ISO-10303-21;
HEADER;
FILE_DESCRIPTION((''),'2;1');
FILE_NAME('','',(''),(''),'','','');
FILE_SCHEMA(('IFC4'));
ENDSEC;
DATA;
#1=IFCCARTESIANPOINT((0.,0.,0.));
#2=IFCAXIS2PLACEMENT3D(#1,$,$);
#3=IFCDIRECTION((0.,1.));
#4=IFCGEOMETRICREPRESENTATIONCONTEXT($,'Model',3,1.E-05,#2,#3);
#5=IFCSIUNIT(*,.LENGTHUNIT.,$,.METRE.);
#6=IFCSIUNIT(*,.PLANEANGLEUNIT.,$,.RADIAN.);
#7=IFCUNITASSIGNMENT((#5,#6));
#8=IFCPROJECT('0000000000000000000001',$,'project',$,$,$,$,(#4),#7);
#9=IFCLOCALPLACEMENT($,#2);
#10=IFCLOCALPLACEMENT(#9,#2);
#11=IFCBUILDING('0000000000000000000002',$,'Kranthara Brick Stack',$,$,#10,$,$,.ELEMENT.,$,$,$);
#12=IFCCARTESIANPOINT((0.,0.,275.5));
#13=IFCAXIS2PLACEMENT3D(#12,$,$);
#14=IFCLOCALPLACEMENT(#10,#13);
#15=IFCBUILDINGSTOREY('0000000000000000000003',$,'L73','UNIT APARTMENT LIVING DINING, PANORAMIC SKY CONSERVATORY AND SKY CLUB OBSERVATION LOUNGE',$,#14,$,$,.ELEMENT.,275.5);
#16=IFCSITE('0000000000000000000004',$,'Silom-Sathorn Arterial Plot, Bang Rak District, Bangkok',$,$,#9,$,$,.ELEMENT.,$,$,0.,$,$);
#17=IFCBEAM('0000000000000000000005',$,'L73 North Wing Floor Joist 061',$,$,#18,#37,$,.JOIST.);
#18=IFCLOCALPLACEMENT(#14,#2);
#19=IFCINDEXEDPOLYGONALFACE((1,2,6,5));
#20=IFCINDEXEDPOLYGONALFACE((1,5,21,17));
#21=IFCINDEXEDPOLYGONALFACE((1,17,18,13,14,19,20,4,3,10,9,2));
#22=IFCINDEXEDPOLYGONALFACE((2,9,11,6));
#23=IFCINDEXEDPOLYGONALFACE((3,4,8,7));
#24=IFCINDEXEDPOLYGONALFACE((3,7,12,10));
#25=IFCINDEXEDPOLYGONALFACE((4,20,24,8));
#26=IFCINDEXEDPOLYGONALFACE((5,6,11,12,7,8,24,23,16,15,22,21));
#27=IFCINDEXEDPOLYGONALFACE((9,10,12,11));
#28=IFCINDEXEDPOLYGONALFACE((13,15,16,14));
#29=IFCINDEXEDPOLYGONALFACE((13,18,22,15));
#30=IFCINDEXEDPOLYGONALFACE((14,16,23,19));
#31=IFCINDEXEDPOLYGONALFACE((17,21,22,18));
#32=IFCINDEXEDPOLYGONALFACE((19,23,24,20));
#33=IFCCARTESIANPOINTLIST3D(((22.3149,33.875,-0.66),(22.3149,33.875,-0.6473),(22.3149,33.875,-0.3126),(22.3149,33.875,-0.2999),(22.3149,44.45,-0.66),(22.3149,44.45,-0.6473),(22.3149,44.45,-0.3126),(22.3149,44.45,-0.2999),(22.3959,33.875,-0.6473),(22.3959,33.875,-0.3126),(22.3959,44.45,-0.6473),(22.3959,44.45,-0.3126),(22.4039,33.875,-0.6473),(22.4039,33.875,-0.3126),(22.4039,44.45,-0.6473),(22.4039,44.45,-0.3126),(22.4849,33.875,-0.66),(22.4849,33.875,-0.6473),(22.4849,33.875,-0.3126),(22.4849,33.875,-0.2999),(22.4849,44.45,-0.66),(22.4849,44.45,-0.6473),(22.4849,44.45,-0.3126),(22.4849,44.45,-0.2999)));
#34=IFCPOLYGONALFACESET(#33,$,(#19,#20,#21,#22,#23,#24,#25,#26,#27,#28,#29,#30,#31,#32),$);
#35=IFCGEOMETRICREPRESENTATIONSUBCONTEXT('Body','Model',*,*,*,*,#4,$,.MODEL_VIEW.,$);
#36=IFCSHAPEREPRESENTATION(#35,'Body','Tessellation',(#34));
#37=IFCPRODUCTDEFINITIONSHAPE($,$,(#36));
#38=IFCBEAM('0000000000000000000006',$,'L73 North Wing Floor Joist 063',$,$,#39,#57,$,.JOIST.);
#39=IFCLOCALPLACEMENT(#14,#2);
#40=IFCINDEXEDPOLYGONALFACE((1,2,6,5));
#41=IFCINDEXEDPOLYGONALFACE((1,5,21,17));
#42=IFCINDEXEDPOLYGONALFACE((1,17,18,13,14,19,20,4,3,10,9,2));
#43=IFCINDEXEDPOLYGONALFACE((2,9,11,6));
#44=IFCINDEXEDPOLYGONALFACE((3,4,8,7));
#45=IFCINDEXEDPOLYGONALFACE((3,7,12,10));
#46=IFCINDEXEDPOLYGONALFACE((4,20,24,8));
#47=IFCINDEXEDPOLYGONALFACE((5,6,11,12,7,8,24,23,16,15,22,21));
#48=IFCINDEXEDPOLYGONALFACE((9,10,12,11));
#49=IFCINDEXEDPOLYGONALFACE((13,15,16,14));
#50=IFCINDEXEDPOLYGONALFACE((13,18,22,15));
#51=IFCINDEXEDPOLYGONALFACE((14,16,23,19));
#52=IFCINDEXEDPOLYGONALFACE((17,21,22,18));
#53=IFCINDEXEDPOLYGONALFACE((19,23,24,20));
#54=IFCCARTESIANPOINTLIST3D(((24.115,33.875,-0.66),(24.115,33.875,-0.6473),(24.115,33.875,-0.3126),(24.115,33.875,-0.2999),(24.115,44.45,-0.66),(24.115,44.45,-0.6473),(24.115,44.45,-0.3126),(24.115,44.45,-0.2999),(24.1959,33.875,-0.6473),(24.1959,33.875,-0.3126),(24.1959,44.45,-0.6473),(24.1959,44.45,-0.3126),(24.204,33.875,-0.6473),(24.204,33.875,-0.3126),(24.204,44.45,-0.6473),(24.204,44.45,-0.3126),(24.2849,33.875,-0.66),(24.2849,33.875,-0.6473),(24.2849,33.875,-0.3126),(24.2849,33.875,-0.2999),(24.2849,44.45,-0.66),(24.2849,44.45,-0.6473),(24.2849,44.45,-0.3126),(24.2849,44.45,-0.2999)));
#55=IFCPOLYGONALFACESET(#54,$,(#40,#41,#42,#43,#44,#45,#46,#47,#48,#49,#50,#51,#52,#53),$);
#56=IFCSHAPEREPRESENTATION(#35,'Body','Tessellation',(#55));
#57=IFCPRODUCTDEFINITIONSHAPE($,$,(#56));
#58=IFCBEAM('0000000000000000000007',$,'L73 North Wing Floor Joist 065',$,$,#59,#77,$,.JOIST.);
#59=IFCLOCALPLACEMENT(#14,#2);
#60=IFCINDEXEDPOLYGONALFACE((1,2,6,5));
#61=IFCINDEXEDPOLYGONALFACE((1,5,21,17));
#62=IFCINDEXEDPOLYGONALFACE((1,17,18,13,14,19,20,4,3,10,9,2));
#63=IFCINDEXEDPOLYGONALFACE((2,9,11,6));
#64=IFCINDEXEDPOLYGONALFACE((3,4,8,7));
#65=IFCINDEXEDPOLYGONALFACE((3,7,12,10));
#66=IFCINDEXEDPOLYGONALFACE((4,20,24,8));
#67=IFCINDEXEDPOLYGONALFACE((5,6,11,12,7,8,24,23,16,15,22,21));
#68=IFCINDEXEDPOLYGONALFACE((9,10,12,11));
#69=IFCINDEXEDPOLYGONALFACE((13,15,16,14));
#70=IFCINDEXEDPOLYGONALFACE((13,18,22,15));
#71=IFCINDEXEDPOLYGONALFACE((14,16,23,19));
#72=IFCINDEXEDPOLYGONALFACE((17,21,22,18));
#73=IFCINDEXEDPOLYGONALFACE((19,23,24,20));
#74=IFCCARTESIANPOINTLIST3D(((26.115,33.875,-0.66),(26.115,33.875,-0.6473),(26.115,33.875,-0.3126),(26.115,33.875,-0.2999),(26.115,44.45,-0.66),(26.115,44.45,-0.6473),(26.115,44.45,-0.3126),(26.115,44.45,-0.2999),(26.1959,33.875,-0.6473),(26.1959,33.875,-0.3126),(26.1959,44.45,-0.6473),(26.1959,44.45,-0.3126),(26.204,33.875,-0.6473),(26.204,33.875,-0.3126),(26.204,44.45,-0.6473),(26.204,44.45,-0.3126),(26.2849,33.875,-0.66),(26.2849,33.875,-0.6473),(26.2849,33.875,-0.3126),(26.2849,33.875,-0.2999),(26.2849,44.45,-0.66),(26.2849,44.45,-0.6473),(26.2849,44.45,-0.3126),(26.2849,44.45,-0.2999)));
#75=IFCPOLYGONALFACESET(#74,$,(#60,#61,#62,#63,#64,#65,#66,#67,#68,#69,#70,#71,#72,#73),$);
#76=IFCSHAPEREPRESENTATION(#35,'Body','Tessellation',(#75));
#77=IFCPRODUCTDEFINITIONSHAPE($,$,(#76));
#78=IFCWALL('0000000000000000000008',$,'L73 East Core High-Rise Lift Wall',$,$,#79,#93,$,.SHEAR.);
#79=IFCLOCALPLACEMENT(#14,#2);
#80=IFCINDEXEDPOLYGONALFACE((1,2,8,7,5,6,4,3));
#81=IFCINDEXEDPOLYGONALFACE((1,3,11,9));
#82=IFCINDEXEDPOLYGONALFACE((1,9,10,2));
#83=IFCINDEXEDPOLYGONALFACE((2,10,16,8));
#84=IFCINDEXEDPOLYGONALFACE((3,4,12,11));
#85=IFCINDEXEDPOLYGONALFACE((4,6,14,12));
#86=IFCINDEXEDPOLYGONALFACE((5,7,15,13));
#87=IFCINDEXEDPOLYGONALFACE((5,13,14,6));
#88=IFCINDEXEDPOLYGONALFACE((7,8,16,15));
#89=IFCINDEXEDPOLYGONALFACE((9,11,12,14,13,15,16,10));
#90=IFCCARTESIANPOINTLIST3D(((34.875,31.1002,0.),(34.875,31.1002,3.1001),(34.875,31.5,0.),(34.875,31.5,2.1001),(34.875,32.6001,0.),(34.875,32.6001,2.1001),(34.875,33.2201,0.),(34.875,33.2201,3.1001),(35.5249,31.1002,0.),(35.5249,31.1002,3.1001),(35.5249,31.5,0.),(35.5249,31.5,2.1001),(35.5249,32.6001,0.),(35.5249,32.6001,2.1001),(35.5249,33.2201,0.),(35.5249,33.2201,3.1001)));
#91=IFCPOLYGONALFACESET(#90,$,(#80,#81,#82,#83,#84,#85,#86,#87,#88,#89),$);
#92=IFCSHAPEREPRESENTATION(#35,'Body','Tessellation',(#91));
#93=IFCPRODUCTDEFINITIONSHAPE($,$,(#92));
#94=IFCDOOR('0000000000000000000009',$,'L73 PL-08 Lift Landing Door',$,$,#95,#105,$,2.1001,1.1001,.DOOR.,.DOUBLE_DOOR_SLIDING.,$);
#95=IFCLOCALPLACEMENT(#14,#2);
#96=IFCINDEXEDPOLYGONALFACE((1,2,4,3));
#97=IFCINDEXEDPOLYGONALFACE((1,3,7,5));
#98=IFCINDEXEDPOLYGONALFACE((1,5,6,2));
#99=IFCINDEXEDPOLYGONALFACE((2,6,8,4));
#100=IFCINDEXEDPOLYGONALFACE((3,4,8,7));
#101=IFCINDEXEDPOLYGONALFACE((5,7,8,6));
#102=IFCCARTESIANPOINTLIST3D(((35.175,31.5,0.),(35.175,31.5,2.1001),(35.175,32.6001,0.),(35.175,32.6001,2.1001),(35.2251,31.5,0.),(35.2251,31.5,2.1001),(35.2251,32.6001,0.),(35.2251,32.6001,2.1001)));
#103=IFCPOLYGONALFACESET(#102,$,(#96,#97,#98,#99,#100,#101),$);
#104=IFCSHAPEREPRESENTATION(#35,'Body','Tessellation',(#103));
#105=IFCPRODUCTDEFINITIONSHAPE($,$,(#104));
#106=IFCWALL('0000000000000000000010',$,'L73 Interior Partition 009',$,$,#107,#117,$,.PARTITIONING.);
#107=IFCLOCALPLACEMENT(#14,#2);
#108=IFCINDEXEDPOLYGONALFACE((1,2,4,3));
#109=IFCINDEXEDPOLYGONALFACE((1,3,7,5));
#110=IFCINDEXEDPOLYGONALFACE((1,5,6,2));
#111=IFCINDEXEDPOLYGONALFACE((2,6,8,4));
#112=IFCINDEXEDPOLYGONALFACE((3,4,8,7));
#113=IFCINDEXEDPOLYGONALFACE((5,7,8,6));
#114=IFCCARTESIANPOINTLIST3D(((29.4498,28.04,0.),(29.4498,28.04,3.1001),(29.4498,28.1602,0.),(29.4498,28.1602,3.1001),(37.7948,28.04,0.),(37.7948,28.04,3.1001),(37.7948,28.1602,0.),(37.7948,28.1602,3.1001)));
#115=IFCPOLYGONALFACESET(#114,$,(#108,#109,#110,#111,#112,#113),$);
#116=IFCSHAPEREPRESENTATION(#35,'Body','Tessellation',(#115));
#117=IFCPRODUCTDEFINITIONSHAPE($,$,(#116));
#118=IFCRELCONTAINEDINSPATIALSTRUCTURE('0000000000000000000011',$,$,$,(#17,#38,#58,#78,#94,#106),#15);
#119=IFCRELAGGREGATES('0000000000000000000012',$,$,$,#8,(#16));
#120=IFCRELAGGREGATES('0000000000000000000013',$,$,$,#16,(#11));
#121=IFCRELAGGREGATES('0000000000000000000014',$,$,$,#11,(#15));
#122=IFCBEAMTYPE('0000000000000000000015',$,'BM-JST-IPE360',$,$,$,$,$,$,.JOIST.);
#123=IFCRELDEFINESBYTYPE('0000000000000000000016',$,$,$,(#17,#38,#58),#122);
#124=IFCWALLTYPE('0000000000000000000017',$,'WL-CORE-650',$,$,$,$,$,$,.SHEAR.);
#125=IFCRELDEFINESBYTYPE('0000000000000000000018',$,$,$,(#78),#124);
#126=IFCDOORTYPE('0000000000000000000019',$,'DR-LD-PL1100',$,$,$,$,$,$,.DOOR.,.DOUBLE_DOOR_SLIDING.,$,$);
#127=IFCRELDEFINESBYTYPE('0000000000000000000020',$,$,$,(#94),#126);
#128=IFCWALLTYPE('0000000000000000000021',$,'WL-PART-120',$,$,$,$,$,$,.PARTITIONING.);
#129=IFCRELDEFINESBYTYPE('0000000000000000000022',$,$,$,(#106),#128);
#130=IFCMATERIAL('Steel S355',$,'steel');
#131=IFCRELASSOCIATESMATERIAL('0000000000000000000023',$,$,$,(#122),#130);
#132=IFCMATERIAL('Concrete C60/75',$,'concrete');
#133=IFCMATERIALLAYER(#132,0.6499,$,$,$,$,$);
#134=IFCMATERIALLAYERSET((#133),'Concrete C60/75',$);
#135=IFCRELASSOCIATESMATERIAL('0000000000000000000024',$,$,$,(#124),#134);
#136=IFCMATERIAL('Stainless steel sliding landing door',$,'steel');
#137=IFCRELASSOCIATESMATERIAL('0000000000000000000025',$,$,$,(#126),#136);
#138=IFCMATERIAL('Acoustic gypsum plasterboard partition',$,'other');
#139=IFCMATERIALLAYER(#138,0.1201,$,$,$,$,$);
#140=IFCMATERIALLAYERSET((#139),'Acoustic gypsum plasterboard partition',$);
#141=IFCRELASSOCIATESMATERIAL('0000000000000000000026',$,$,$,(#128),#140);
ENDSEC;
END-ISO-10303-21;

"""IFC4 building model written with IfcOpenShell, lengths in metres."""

from ifc_helpers import new_model, si_unit, direction, frame, frame_2d, origin, origin_2d, place, context, subcontext, project, spatial, rectangle, i_section, extrude, material, layer, layer_set, material_profile, profile_set, type_object, element, fill, save


model = new_model("IFC4")

# Units and contexts
model_context = context("Model", 3, precision=1e-05, world=origin(), true_north=direction((0.0, 1.0)))
body_context = subcontext(model_context, "Body", "Model", "MODEL_VIEW")
ifc_project = project(units=[si_unit("LENGTHUNIT", "METRE"), si_unit("PLANEANGLEUNIT", "RADIAN")], contexts=[model_context])

# Site, building, storey
site_placement = place(None, origin())
site = spatial("IfcSite", under=ifc_project, at=site_placement, Name="Silom-Sathorn Arterial Plot, Bang Rak District, Bangkok", CompositionType="ELEMENT", RefElevation=0.0)
building_placement = place(site_placement, origin())
building = spatial("IfcBuilding", under=site, at=building_placement, Name="Kranthara Brick Stack", CompositionType="ELEMENT")
storey_placement = place(building_placement, frame((0.0, 0.0, 275.5)))
storey = spatial("IfcBuildingStorey", under=building, at=storey_placement, Name="L73", Description="UNIT APARTMENT LIVING DINING, PANORAMIC SKY CONSERVATORY AND SKY CLUB OBSERVATION LOUNGE", CompositionType="ELEMENT", Elevation=275.5)

# Beams
ifc_material_1 = material(Name="Steel S355", Category="steel")
ifc_material_profile_1 = material_profile(ifc_material_1, i_section(OverallWidth=0.1699, OverallDepth=0.3601, WebThickness=0.0081, FlangeThickness=0.0127, at=origin_2d()), Name="IPE 360")
ifc_profile_set_1 = profile_set([ifc_material_profile_1], Name="Steel S355")
beam_type_1 = type_object("IfcBeamType", Name="BM-JST-IPE360", PredefinedType="JOIST", material=ifc_profile_set_1)
for number, where, z_axis, x_axis, name in (
    (1, (22.3999, 33.875, -0.48), (0.0, 1.0, 0.0), (-1.0, 0.0, 0.0), "L73 North Wing Floor Joist 061"),
    (2, (24.2, 33.875, -0.48), (0.0, 1.0, 0.0), (-1.0, 0.0, 0.0), "L73 North Wing Floor Joist 063"),
    (3, (26.2, 33.875, -0.48), (0.0, 1.0, 0.0), (-1.0, 0.0, 0.0), "L73 North Wing Floor Joist 065"),
):
    element("IfcBeam", number, at=place(storey_placement, frame(where, z_axis=z_axis, x_axis=x_axis)), inside=storey, type_object=beam_type_1, Name=name, PredefinedType="JOIST", context=body_context, shape_type="SweptSolid", body=[
        extrude(i_section(OverallWidth=0.1699, OverallDepth=0.3601, WebThickness=0.0081, FlangeThickness=0.0127, at=origin_2d()), origin(), (0.0, 0.0, 1.0), 10.575),
    ])

# Wall, opening, door
ifc_material_2 = material(Name="Concrete C60/75", Category="concrete")
ifc_layer_1 = layer(ifc_material_2, 0.6499)
ifc_layer_set_1 = layer_set([ifc_layer_1], Name="Concrete C60/75")
wall_type_1 = type_object("IfcWallType", Name="WL-CORE-650", PredefinedType="SHEAR", material=ifc_layer_set_1)
wall_1_placement = place(storey_placement, frame((35.2, 31.1001, 0.0), z_axis=(0.0, 0.0, 1.0), x_axis=(0.0, 1.0, 0.0)))
wall_1 = element("IfcWall", 4, at=wall_1_placement, inside=storey, type_object=wall_type_1, Name="L73 East Core High-Rise Lift Wall", PredefinedType="SHEAR", context=body_context, shape_type="SweptSolid", body=[
    extrude(rectangle(XDim=2.1199, YDim=0.6499, at=frame_2d((1.0601, 0.0))), origin(), (0.0, 0.0, 1.0), 3.1001),
])
opening_placement = place(wall_1_placement, frame((0.3999, 0.0, 0.0)))
opening = element("IfcOpeningElement", 5, at=opening_placement, cuts=wall_1, PredefinedType="OPENING", context=body_context, shape_type="SweptSolid", body=[
    extrude(rectangle(XDim=1.1001, YDim=2.1001, at=frame_2d((0.55, 1.05))), frame((0.0, 0.335, 0.0), z_axis=(0.0, -1.0, 0.0), x_axis=(1.0, 0.0, 0.0)), (0.0, 0.0, 1.0), 0.6699),
])
ifc_material_3 = material(Name="Stainless steel sliding landing door", Category="steel")
door_type = type_object("IfcDoorType", Name="DR-LD-PL1100", OperationType="DOUBLE_DOOR_SLIDING", PredefinedType="DOOR", material=ifc_material_3)
door_placement = place(opening_placement, origin())
door = element("IfcDoor", 6, at=door_placement, inside=storey, type_object=door_type, Name="L73 PL-08 Lift Landing Door", OperationType="DOUBLE_DOOR_SLIDING", OverallHeight=2.1001, OverallWidth=1.1001, PredefinedType="DOOR", context=body_context, shape_type="SweptSolid", body=[
    extrude(rectangle(XDim=1.1001, YDim=2.1001, at=frame_2d((0.55, 1.05))), frame((0.0, 0.0249, 0.0), z_axis=(0.0, -1.0, 0.0), x_axis=(1.0, 0.0, 0.0)), (0.0, 0.0, 1.0), 0.05),
])
fill(opening, door)

# Wall
ifc_material_4 = material(Name="Acoustic gypsum plasterboard partition", Category="other")
ifc_layer_2 = layer(ifc_material_4, 0.1201)
ifc_layer_set_2 = layer_set([ifc_layer_2], Name="Acoustic gypsum plasterboard partition")
wall_type_2 = type_object("IfcWallType", Name="WL-PART-120", PredefinedType="PARTITIONING", material=ifc_layer_set_2)
wall_2_placement = place(storey_placement, frame((29.45, 28.1001, 0.0), z_axis=(0.0, 0.0, 1.0), x_axis=(1.0, 0.0, 0.0)))
element("IfcWall", 7, at=wall_2_placement, inside=storey, type_object=wall_type_2, Name="L73 Interior Partition 009", PredefinedType="PARTITIONING", context=body_context, shape_type="SweptSolid", body=[
    extrude(rectangle(XDim=8.345, YDim=0.1201, at=frame_2d((4.1724, 0.0))), origin(), (0.0, 0.0, 1.0), 3.1001),
])

save(model, "model.ifc")
